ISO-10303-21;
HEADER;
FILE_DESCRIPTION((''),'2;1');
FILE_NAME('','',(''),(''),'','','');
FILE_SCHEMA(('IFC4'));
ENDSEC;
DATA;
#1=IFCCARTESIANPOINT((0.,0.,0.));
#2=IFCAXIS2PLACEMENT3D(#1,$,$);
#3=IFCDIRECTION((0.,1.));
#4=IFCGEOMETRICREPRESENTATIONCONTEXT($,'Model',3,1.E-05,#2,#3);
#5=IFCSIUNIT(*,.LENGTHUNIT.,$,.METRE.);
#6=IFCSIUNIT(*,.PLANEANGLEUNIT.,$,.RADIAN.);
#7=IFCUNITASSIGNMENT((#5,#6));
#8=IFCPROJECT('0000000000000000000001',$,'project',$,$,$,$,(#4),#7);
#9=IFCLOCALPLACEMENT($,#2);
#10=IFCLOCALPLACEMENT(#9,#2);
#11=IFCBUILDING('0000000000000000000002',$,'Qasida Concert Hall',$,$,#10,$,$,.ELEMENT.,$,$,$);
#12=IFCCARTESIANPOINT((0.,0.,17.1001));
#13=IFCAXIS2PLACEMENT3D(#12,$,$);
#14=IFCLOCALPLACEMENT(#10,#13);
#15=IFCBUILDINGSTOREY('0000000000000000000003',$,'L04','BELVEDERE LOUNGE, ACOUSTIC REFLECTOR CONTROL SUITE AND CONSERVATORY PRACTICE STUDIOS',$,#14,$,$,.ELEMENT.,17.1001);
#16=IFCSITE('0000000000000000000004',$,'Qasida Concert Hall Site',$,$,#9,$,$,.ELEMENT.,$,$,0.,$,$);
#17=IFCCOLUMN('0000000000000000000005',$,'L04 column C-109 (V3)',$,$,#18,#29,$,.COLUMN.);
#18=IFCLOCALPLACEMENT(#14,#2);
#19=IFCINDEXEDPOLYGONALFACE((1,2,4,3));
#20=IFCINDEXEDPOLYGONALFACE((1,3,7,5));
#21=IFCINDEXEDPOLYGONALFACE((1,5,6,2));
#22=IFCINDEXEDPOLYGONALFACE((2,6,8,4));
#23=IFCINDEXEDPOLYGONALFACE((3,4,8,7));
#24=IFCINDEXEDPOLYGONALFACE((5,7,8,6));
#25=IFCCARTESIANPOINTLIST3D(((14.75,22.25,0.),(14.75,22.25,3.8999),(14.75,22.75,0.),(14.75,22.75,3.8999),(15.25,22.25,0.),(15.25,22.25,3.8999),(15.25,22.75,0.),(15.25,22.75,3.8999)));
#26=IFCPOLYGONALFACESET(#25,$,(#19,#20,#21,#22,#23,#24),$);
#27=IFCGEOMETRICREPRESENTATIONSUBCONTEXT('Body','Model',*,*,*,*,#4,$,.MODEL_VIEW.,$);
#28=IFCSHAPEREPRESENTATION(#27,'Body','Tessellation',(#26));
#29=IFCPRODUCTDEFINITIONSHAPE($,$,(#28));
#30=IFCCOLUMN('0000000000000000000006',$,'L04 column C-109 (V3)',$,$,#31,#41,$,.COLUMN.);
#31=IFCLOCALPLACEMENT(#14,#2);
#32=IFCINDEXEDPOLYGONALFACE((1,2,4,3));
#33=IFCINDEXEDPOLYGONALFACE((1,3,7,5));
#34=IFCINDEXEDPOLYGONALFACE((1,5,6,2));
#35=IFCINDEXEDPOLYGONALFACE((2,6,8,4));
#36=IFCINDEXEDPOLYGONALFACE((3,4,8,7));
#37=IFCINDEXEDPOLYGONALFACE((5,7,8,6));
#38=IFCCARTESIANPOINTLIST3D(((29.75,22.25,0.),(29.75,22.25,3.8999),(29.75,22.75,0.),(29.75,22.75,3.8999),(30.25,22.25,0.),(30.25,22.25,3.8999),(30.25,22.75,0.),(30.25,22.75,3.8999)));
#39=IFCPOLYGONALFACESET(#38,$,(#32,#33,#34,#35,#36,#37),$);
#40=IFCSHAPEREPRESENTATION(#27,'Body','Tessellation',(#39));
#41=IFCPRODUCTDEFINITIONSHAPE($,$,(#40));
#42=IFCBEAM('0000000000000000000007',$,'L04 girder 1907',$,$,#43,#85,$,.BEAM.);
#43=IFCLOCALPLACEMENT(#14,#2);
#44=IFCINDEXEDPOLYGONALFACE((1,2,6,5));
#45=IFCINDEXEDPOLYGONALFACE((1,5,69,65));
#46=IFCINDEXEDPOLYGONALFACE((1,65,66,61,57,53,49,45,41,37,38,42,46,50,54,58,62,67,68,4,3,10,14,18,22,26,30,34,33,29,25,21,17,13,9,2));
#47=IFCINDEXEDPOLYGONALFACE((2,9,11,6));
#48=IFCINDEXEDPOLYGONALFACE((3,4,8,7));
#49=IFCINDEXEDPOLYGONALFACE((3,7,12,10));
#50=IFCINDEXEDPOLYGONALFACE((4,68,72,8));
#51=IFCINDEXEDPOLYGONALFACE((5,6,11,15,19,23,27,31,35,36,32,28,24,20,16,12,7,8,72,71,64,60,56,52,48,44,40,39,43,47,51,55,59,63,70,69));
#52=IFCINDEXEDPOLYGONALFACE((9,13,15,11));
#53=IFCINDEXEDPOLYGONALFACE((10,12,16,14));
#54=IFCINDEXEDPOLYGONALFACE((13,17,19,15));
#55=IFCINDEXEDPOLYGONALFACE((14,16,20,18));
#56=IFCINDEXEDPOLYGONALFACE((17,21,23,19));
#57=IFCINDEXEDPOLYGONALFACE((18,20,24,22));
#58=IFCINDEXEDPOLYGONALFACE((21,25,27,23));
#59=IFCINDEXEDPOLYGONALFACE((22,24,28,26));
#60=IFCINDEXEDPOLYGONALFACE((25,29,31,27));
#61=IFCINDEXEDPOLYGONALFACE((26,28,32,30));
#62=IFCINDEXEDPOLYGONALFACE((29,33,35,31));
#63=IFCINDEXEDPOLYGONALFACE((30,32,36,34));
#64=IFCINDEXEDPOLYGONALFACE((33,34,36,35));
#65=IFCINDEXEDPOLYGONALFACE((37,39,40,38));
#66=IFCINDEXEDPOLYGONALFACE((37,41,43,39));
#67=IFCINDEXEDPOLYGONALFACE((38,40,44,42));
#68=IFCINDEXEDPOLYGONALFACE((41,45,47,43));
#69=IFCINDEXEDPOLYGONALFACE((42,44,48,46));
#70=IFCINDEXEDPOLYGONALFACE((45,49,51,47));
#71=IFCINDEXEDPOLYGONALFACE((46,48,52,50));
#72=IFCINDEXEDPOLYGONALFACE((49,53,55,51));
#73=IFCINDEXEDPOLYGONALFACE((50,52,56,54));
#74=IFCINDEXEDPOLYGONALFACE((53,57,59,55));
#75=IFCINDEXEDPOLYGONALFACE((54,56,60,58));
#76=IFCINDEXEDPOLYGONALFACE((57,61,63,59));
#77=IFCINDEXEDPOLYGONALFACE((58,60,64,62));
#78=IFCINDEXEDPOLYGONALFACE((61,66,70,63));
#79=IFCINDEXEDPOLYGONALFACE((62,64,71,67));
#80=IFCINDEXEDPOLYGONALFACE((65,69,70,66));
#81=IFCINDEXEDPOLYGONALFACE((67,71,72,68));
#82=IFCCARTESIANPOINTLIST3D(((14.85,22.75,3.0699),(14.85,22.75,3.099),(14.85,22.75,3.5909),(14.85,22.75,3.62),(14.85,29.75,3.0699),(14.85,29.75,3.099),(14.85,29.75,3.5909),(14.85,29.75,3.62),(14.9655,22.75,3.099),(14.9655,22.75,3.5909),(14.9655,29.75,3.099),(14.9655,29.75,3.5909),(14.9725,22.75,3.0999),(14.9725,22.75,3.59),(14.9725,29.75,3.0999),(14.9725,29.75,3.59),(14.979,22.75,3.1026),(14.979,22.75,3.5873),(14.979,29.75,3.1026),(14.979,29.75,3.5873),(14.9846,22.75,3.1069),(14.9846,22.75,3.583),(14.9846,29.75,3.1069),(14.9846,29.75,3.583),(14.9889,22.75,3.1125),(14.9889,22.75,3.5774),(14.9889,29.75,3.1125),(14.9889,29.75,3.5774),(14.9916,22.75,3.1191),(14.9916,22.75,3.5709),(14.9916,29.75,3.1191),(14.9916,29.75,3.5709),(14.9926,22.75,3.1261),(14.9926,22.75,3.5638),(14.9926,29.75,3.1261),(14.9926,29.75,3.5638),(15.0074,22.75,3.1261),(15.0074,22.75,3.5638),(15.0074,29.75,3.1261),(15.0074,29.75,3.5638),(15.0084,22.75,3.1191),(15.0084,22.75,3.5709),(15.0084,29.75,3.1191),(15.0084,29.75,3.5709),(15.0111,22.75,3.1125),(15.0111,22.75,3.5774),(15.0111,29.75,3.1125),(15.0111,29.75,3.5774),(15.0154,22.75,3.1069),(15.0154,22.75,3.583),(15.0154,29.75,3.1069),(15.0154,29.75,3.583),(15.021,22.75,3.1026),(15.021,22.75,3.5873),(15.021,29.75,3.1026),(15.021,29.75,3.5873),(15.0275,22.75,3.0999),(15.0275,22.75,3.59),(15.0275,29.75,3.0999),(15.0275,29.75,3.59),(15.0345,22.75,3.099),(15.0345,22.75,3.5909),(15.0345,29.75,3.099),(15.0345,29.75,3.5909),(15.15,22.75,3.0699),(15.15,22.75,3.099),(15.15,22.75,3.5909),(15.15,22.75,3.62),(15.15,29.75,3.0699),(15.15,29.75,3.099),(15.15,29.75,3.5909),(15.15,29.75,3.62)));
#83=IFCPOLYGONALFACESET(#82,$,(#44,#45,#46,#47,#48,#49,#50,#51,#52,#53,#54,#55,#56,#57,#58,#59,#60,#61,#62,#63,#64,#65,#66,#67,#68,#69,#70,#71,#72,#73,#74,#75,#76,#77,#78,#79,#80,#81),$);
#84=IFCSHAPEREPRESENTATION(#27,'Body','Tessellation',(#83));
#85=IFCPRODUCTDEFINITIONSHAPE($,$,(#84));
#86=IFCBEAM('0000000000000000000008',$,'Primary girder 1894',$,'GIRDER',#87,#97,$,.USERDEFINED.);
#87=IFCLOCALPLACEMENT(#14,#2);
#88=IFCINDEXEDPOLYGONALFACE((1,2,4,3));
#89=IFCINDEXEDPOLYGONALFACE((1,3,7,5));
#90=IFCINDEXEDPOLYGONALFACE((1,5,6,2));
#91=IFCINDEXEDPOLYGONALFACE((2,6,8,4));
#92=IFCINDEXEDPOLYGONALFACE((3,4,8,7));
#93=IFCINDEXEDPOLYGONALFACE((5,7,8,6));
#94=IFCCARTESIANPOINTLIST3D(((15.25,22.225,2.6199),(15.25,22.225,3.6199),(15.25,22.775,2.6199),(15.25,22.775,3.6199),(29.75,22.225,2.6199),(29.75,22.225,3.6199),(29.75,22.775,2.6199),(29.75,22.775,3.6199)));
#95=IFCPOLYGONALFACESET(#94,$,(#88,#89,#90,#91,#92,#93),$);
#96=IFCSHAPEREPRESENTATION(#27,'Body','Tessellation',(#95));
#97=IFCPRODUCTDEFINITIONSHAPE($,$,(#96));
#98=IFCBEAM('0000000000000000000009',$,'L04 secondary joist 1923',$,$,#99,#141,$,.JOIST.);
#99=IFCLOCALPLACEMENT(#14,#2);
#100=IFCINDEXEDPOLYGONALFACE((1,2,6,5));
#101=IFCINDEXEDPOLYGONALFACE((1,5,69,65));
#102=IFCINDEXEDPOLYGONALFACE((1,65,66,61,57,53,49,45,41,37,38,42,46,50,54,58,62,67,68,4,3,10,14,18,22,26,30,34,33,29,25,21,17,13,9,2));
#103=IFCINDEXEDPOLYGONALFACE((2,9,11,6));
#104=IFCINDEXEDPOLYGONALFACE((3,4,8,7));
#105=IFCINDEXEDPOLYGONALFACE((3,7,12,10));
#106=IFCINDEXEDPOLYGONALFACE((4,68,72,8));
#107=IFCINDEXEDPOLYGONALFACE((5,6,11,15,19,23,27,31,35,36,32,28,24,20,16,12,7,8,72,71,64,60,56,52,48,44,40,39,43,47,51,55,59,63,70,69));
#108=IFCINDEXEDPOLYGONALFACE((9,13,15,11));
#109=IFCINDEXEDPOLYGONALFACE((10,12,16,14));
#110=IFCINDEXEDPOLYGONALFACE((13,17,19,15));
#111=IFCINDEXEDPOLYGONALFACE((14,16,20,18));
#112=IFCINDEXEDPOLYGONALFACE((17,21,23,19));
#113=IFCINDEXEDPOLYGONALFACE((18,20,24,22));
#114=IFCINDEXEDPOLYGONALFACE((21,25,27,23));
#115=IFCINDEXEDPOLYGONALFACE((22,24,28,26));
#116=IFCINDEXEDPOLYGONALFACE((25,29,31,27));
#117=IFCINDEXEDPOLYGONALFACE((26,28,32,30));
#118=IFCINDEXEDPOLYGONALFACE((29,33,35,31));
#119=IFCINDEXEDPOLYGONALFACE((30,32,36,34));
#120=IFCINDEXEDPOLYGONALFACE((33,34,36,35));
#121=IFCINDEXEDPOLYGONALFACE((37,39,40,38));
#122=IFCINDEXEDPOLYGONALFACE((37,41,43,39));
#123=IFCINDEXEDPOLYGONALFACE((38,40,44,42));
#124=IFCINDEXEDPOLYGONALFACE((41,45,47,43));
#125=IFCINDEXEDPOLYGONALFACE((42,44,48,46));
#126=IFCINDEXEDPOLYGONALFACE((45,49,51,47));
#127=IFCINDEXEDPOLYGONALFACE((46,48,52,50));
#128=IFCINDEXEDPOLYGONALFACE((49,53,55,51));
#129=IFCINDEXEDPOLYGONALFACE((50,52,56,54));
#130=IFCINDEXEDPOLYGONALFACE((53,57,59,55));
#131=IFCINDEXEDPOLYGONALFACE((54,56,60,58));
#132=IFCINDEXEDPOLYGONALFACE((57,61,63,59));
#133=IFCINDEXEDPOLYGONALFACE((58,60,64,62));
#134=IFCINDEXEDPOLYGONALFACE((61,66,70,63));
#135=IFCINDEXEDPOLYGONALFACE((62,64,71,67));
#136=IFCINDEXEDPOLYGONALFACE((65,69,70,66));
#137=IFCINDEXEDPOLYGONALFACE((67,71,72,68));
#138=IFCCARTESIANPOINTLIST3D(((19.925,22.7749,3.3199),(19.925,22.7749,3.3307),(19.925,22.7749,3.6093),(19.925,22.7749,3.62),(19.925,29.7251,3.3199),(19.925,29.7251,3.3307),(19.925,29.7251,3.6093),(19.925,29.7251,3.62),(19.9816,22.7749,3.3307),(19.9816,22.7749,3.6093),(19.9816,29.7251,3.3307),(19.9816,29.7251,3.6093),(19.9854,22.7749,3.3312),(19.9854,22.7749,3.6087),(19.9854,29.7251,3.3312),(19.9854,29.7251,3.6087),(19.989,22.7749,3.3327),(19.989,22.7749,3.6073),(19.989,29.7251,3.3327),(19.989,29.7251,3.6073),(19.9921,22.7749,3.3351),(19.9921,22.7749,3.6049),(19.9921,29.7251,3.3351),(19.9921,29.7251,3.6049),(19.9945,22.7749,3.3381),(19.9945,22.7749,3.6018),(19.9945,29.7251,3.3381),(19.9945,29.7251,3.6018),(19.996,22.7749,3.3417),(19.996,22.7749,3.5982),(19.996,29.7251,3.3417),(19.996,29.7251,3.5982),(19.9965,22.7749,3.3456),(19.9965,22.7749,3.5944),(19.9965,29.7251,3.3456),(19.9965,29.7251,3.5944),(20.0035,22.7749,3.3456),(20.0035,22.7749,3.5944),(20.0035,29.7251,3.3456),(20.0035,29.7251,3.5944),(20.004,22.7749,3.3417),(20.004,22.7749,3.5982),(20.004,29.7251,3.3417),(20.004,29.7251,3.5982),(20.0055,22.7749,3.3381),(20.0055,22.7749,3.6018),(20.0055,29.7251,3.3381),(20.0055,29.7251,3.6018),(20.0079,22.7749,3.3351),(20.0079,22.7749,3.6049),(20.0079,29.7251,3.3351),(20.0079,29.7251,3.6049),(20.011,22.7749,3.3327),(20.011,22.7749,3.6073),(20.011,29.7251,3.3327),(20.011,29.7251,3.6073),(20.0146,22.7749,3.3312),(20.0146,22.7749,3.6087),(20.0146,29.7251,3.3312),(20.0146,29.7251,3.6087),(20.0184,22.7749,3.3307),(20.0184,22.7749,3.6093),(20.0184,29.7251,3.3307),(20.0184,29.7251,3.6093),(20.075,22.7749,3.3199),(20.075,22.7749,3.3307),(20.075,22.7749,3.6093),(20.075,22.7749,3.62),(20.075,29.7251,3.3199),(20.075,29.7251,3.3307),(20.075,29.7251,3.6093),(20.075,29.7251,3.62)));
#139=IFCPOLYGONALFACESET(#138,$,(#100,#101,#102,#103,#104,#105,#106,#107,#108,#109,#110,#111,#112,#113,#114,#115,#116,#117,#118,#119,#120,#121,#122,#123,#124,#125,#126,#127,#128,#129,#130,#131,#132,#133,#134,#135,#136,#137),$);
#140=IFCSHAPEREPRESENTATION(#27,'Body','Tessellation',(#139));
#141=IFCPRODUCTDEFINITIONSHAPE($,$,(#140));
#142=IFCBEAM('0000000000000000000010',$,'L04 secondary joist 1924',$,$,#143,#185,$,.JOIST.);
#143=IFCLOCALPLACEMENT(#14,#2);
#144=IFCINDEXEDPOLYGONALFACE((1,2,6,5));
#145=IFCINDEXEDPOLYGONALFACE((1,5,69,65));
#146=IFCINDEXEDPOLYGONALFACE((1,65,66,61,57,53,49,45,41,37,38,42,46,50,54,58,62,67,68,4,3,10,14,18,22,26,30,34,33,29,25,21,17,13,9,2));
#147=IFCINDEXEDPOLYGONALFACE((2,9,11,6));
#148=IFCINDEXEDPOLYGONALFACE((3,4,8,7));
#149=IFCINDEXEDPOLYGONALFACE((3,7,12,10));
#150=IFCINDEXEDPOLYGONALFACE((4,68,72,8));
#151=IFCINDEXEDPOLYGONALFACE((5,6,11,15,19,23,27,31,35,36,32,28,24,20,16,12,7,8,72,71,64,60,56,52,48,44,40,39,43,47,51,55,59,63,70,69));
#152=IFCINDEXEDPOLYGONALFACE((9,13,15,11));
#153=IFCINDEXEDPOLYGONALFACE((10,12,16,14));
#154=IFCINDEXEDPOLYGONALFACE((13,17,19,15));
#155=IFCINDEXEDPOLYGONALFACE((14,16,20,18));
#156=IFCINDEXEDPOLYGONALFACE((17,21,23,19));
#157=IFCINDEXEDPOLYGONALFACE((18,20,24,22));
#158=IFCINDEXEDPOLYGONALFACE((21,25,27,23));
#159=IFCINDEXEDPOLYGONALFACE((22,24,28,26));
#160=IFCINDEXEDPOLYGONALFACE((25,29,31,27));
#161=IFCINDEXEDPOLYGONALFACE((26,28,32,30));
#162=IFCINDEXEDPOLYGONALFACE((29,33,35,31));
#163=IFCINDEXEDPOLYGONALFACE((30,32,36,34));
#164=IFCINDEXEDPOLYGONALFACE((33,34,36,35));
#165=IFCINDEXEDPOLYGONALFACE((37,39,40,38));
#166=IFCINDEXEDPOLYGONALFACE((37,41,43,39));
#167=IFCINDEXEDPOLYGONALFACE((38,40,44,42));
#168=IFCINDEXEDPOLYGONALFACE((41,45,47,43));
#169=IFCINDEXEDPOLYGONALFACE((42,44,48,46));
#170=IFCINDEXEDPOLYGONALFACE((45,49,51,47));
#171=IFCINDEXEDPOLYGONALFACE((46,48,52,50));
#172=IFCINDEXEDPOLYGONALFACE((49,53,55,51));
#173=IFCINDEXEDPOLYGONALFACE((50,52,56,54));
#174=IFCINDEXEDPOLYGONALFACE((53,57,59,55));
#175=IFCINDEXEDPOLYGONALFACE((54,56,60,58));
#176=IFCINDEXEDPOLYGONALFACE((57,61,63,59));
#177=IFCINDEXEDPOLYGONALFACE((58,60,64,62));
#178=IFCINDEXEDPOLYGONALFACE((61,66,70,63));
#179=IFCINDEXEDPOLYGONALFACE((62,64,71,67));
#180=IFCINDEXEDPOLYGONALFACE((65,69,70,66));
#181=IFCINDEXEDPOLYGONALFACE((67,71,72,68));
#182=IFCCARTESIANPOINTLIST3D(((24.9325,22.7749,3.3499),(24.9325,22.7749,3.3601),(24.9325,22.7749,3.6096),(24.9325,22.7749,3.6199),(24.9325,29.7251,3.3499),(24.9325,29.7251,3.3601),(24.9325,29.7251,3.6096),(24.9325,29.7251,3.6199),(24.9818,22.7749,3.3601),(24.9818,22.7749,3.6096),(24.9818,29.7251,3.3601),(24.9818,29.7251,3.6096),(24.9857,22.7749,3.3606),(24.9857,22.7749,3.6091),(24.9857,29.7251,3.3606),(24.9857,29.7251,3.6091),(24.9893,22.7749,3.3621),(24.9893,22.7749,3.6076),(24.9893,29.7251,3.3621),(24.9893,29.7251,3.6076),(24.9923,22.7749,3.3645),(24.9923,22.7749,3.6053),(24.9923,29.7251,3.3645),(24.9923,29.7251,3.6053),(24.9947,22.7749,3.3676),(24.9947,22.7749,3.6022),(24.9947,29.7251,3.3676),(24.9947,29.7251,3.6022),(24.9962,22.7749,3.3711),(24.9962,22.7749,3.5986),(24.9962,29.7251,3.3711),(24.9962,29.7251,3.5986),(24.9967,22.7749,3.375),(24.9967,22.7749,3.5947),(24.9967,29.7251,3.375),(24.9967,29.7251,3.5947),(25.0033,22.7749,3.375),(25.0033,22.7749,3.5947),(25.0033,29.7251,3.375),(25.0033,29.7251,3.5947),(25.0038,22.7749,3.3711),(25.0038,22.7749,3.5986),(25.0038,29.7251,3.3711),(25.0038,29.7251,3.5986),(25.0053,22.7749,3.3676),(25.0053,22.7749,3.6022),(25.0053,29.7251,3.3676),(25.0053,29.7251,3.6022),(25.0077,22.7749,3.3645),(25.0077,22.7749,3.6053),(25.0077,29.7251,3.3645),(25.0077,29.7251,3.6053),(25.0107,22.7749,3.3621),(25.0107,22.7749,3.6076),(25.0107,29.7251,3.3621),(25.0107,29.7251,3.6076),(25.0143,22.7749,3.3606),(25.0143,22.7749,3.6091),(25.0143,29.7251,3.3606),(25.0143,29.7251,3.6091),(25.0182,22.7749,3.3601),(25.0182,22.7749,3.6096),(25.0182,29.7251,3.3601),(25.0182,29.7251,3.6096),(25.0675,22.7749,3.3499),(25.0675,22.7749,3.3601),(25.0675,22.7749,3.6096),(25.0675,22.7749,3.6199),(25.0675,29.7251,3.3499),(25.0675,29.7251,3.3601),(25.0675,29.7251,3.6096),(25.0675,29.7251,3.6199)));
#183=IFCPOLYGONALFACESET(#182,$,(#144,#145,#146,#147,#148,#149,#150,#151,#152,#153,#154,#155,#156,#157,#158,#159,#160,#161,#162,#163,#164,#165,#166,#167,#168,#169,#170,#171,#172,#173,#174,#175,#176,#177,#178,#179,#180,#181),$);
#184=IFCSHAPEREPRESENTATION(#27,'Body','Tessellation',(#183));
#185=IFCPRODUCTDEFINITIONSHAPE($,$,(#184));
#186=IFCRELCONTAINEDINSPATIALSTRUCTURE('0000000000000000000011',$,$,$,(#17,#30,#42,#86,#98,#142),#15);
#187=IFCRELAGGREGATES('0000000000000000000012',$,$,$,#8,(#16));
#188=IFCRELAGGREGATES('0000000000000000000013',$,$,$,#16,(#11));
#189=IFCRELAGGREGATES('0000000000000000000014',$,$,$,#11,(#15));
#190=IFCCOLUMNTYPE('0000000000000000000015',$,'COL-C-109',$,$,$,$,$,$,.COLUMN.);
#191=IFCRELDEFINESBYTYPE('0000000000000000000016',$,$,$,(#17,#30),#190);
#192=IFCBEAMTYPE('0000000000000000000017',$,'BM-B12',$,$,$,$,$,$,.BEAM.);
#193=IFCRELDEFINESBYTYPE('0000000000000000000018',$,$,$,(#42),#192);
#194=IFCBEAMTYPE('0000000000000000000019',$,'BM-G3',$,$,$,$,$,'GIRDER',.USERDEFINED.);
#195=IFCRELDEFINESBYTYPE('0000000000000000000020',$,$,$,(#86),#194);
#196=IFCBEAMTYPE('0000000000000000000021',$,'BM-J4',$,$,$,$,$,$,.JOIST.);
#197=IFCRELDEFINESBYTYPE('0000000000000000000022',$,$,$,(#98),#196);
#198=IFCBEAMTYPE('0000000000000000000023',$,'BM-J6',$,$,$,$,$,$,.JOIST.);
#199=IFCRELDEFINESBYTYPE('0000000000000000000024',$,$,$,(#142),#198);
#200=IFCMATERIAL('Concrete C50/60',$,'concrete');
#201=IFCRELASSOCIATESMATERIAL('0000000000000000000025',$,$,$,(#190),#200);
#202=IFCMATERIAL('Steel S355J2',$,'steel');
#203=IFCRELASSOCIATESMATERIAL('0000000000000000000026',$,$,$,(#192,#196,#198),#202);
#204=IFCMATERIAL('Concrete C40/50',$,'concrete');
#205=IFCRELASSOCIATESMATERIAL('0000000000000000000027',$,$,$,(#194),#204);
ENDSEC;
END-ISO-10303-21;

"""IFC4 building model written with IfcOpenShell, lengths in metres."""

from ifc_helpers import new_model, si_unit, direction, frame, origin, origin_2d, place, context, subcontext, project, spatial, rectangle, i_section, extrude, material, material_profile, profile_set, type_object, element, save


model = new_model("IFC4")

# Units and contexts
model_context = context("Model", 3, precision=1e-05, world=origin(), true_north=direction((0.0, 1.0)))
body_context = subcontext(model_context, "Body", "Model", "MODEL_VIEW")
ifc_project = project(units=[si_unit("LENGTHUNIT", "METRE"), si_unit("PLANEANGLEUNIT", "RADIAN")], contexts=[model_context])

# Site, building, storey
site_placement = place(None, origin())
site = spatial("IfcSite", under=ifc_project, at=site_placement, Name="Qasida Concert Hall Site", CompositionType="ELEMENT", RefElevation=0.0)
building_placement = place(site_placement, origin())
building = spatial("IfcBuilding", under=site, at=building_placement, Name="Qasida Concert Hall", CompositionType="ELEMENT")
storey_placement = place(building_placement, frame((0.0, 0.0, 17.1001)))
storey = spatial("IfcBuildingStorey", under=building, at=storey_placement, Name="L04", Description="BELVEDERE LOUNGE, ACOUSTIC REFLECTOR CONTROL SUITE AND CONSERVATORY PRACTICE STUDIOS", CompositionType="ELEMENT", Elevation=17.1001)

# Columns
ifc_material_1 = material(Name="Concrete C50/60", Category="concrete")
ifc_material_profile_1 = material_profile(ifc_material_1, rectangle(XDim=0.5, YDim=0.5, at=origin_2d()), Name="RC 500x500")
ifc_profile_set_1 = profile_set([ifc_material_profile_1], Name="Concrete C50/60")
column_type = type_object("IfcColumnType", Name="COL-C-109", PredefinedType="COLUMN", material=ifc_profile_set_1)
for number, where, z_axis, x_axis, name in (
    (1, (15.0, 22.5, 0.0), (0.0, 0.0, 1.0), (1.0, 0.0, 0.0), "L04 column C-109 (V3)"),
    (2, (30.0, 22.5, 0.0), (0.0, 0.0, 1.0), (1.0, 0.0, 0.0), "L04 column C-109 (V3)"),
):
    element("IfcColumn", number, at=place(storey_placement, frame(where, z_axis=z_axis, x_axis=x_axis)), inside=storey, type_object=column_type, Name=name, PredefinedType="COLUMN", context=body_context, shape_type="SweptSolid", body=[
        extrude(rectangle(XDim=0.5, YDim=0.5, at=origin_2d()), origin(), (0.0, 0.0, 1.0), 3.8999),
    ])

# Beams
ifc_material_2 = material(Name="Steel S355J2", Category="steel")
ifc_material_profile_2 = material_profile(ifc_material_2, i_section(OverallWidth=0.3, OverallDepth=0.55, WebThickness=0.0149, FlangeThickness=0.0291, FilletRadius=0.0271, at=origin_2d()), Name="HEB 550")
ifc_profile_set_2 = profile_set([ifc_material_profile_2], Name="Steel S355J2")
beam_type_1 = type_object("IfcBeamType", Name="BM-B12", PredefinedType="BEAM", material=ifc_profile_set_2)
beam_1_placement = place(storey_placement, frame((15.0, 22.75, 3.345), z_axis=(0.0, 1.0, 0.0), x_axis=(-1.0, 0.0, 0.0)))
element("IfcBeam", 3, at=beam_1_placement, inside=storey, type_object=beam_type_1, Name="L04 girder 1907", PredefinedType="BEAM", context=body_context, shape_type="SweptSolid", body=[
    extrude(i_section(OverallWidth=0.3, OverallDepth=0.55, WebThickness=0.0149, FlangeThickness=0.0291, FilletRadius=0.0271, at=origin_2d()), origin(), (0.0, 0.0, 1.0), 7.0),
])
ifc_material_3 = material(Name="Concrete C40/50", Category="concrete")
ifc_material_profile_3 = material_profile(ifc_material_3, rectangle(XDim=0.55, YDim=1.0, at=origin_2d()), Name="RC 550x1000")
ifc_profile_set_3 = profile_set([ifc_material_profile_3], Name="Concrete C40/50")
beam_type_2 = type_object("IfcBeamType", Name="BM-G3", ElementType="GIRDER", PredefinedType="USERDEFINED", material=ifc_profile_set_3)
beam_2_placement = place(storey_placement, frame((15.25, 22.5, 3.1199), z_axis=(1.0, 0.0, 0.0), x_axis=(0.0, 1.0, 0.0)))
element("IfcBeam", 4, at=beam_2_placement, inside=storey, type_object=beam_type_2, Name="Primary girder 1894", ObjectType="GIRDER", PredefinedType="USERDEFINED", context=body_context, shape_type="SweptSolid", body=[
    extrude(rectangle(XDim=0.55, YDim=1.0, at=origin_2d()), origin(), (0.0, 0.0, 1.0), 14.5),
])
ifc_material_profile_4 = material_profile(ifc_material_2, i_section(OverallWidth=0.1499, OverallDepth=0.3, WebThickness=0.0071, FlangeThickness=0.0107, FilletRadius=0.0149, at=origin_2d()), Name="IPE 300")
ifc_profile_set_4 = profile_set([ifc_material_profile_4], Name="Steel S355J2")
beam_type_3 = type_object("IfcBeamType", Name="BM-J4", PredefinedType="JOIST", material=ifc_profile_set_4)
beam_3_placement = place(storey_placement, frame((20.0, 22.7749, 3.47), z_axis=(0.0, 1.0, 0.0), x_axis=(-1.0, 0.0, 0.0)))
element("IfcBeam", 5, at=beam_3_placement, inside=storey, type_object=beam_type_3, Name="L04 secondary joist 1923", PredefinedType="JOIST", context=body_context, shape_type="SweptSolid", body=[
    extrude(i_section(OverallWidth=0.1499, OverallDepth=0.3, WebThickness=0.0071, FlangeThickness=0.0107, FilletRadius=0.0149, at=origin_2d()), origin(), (0.0, 0.0, 1.0), 6.9502),
])
ifc_material_profile_5 = material_profile(ifc_material_2, i_section(OverallWidth=0.135, OverallDepth=0.27, WebThickness=0.0066, FlangeThickness=0.0103, FilletRadius=0.0149, at=origin_2d()), Name="IPE 270")
ifc_profile_set_5 = profile_set([ifc_material_profile_5], Name="Steel S355J2")
beam_type_4 = type_object("IfcBeamType", Name="BM-J6", PredefinedType="JOIST", material=ifc_profile_set_5)
beam_4_placement = place(storey_placement, frame((25.0, 22.7749, 3.4849), z_axis=(0.0, 1.0, 0.0), x_axis=(-1.0, 0.0, 0.0)))
element("IfcBeam", 6, at=beam_4_placement, inside=storey, type_object=beam_type_4, Name="L04 secondary joist 1924", PredefinedType="JOIST", context=body_context, shape_type="SweptSolid", body=[
    extrude(i_section(OverallWidth=0.135, OverallDepth=0.27, WebThickness=0.0066, FlangeThickness=0.0103, FilletRadius=0.0149, at=origin_2d()), origin(), (0.0, 0.0, 1.0), 6.9502),
])

save(model, "model.ifc")
